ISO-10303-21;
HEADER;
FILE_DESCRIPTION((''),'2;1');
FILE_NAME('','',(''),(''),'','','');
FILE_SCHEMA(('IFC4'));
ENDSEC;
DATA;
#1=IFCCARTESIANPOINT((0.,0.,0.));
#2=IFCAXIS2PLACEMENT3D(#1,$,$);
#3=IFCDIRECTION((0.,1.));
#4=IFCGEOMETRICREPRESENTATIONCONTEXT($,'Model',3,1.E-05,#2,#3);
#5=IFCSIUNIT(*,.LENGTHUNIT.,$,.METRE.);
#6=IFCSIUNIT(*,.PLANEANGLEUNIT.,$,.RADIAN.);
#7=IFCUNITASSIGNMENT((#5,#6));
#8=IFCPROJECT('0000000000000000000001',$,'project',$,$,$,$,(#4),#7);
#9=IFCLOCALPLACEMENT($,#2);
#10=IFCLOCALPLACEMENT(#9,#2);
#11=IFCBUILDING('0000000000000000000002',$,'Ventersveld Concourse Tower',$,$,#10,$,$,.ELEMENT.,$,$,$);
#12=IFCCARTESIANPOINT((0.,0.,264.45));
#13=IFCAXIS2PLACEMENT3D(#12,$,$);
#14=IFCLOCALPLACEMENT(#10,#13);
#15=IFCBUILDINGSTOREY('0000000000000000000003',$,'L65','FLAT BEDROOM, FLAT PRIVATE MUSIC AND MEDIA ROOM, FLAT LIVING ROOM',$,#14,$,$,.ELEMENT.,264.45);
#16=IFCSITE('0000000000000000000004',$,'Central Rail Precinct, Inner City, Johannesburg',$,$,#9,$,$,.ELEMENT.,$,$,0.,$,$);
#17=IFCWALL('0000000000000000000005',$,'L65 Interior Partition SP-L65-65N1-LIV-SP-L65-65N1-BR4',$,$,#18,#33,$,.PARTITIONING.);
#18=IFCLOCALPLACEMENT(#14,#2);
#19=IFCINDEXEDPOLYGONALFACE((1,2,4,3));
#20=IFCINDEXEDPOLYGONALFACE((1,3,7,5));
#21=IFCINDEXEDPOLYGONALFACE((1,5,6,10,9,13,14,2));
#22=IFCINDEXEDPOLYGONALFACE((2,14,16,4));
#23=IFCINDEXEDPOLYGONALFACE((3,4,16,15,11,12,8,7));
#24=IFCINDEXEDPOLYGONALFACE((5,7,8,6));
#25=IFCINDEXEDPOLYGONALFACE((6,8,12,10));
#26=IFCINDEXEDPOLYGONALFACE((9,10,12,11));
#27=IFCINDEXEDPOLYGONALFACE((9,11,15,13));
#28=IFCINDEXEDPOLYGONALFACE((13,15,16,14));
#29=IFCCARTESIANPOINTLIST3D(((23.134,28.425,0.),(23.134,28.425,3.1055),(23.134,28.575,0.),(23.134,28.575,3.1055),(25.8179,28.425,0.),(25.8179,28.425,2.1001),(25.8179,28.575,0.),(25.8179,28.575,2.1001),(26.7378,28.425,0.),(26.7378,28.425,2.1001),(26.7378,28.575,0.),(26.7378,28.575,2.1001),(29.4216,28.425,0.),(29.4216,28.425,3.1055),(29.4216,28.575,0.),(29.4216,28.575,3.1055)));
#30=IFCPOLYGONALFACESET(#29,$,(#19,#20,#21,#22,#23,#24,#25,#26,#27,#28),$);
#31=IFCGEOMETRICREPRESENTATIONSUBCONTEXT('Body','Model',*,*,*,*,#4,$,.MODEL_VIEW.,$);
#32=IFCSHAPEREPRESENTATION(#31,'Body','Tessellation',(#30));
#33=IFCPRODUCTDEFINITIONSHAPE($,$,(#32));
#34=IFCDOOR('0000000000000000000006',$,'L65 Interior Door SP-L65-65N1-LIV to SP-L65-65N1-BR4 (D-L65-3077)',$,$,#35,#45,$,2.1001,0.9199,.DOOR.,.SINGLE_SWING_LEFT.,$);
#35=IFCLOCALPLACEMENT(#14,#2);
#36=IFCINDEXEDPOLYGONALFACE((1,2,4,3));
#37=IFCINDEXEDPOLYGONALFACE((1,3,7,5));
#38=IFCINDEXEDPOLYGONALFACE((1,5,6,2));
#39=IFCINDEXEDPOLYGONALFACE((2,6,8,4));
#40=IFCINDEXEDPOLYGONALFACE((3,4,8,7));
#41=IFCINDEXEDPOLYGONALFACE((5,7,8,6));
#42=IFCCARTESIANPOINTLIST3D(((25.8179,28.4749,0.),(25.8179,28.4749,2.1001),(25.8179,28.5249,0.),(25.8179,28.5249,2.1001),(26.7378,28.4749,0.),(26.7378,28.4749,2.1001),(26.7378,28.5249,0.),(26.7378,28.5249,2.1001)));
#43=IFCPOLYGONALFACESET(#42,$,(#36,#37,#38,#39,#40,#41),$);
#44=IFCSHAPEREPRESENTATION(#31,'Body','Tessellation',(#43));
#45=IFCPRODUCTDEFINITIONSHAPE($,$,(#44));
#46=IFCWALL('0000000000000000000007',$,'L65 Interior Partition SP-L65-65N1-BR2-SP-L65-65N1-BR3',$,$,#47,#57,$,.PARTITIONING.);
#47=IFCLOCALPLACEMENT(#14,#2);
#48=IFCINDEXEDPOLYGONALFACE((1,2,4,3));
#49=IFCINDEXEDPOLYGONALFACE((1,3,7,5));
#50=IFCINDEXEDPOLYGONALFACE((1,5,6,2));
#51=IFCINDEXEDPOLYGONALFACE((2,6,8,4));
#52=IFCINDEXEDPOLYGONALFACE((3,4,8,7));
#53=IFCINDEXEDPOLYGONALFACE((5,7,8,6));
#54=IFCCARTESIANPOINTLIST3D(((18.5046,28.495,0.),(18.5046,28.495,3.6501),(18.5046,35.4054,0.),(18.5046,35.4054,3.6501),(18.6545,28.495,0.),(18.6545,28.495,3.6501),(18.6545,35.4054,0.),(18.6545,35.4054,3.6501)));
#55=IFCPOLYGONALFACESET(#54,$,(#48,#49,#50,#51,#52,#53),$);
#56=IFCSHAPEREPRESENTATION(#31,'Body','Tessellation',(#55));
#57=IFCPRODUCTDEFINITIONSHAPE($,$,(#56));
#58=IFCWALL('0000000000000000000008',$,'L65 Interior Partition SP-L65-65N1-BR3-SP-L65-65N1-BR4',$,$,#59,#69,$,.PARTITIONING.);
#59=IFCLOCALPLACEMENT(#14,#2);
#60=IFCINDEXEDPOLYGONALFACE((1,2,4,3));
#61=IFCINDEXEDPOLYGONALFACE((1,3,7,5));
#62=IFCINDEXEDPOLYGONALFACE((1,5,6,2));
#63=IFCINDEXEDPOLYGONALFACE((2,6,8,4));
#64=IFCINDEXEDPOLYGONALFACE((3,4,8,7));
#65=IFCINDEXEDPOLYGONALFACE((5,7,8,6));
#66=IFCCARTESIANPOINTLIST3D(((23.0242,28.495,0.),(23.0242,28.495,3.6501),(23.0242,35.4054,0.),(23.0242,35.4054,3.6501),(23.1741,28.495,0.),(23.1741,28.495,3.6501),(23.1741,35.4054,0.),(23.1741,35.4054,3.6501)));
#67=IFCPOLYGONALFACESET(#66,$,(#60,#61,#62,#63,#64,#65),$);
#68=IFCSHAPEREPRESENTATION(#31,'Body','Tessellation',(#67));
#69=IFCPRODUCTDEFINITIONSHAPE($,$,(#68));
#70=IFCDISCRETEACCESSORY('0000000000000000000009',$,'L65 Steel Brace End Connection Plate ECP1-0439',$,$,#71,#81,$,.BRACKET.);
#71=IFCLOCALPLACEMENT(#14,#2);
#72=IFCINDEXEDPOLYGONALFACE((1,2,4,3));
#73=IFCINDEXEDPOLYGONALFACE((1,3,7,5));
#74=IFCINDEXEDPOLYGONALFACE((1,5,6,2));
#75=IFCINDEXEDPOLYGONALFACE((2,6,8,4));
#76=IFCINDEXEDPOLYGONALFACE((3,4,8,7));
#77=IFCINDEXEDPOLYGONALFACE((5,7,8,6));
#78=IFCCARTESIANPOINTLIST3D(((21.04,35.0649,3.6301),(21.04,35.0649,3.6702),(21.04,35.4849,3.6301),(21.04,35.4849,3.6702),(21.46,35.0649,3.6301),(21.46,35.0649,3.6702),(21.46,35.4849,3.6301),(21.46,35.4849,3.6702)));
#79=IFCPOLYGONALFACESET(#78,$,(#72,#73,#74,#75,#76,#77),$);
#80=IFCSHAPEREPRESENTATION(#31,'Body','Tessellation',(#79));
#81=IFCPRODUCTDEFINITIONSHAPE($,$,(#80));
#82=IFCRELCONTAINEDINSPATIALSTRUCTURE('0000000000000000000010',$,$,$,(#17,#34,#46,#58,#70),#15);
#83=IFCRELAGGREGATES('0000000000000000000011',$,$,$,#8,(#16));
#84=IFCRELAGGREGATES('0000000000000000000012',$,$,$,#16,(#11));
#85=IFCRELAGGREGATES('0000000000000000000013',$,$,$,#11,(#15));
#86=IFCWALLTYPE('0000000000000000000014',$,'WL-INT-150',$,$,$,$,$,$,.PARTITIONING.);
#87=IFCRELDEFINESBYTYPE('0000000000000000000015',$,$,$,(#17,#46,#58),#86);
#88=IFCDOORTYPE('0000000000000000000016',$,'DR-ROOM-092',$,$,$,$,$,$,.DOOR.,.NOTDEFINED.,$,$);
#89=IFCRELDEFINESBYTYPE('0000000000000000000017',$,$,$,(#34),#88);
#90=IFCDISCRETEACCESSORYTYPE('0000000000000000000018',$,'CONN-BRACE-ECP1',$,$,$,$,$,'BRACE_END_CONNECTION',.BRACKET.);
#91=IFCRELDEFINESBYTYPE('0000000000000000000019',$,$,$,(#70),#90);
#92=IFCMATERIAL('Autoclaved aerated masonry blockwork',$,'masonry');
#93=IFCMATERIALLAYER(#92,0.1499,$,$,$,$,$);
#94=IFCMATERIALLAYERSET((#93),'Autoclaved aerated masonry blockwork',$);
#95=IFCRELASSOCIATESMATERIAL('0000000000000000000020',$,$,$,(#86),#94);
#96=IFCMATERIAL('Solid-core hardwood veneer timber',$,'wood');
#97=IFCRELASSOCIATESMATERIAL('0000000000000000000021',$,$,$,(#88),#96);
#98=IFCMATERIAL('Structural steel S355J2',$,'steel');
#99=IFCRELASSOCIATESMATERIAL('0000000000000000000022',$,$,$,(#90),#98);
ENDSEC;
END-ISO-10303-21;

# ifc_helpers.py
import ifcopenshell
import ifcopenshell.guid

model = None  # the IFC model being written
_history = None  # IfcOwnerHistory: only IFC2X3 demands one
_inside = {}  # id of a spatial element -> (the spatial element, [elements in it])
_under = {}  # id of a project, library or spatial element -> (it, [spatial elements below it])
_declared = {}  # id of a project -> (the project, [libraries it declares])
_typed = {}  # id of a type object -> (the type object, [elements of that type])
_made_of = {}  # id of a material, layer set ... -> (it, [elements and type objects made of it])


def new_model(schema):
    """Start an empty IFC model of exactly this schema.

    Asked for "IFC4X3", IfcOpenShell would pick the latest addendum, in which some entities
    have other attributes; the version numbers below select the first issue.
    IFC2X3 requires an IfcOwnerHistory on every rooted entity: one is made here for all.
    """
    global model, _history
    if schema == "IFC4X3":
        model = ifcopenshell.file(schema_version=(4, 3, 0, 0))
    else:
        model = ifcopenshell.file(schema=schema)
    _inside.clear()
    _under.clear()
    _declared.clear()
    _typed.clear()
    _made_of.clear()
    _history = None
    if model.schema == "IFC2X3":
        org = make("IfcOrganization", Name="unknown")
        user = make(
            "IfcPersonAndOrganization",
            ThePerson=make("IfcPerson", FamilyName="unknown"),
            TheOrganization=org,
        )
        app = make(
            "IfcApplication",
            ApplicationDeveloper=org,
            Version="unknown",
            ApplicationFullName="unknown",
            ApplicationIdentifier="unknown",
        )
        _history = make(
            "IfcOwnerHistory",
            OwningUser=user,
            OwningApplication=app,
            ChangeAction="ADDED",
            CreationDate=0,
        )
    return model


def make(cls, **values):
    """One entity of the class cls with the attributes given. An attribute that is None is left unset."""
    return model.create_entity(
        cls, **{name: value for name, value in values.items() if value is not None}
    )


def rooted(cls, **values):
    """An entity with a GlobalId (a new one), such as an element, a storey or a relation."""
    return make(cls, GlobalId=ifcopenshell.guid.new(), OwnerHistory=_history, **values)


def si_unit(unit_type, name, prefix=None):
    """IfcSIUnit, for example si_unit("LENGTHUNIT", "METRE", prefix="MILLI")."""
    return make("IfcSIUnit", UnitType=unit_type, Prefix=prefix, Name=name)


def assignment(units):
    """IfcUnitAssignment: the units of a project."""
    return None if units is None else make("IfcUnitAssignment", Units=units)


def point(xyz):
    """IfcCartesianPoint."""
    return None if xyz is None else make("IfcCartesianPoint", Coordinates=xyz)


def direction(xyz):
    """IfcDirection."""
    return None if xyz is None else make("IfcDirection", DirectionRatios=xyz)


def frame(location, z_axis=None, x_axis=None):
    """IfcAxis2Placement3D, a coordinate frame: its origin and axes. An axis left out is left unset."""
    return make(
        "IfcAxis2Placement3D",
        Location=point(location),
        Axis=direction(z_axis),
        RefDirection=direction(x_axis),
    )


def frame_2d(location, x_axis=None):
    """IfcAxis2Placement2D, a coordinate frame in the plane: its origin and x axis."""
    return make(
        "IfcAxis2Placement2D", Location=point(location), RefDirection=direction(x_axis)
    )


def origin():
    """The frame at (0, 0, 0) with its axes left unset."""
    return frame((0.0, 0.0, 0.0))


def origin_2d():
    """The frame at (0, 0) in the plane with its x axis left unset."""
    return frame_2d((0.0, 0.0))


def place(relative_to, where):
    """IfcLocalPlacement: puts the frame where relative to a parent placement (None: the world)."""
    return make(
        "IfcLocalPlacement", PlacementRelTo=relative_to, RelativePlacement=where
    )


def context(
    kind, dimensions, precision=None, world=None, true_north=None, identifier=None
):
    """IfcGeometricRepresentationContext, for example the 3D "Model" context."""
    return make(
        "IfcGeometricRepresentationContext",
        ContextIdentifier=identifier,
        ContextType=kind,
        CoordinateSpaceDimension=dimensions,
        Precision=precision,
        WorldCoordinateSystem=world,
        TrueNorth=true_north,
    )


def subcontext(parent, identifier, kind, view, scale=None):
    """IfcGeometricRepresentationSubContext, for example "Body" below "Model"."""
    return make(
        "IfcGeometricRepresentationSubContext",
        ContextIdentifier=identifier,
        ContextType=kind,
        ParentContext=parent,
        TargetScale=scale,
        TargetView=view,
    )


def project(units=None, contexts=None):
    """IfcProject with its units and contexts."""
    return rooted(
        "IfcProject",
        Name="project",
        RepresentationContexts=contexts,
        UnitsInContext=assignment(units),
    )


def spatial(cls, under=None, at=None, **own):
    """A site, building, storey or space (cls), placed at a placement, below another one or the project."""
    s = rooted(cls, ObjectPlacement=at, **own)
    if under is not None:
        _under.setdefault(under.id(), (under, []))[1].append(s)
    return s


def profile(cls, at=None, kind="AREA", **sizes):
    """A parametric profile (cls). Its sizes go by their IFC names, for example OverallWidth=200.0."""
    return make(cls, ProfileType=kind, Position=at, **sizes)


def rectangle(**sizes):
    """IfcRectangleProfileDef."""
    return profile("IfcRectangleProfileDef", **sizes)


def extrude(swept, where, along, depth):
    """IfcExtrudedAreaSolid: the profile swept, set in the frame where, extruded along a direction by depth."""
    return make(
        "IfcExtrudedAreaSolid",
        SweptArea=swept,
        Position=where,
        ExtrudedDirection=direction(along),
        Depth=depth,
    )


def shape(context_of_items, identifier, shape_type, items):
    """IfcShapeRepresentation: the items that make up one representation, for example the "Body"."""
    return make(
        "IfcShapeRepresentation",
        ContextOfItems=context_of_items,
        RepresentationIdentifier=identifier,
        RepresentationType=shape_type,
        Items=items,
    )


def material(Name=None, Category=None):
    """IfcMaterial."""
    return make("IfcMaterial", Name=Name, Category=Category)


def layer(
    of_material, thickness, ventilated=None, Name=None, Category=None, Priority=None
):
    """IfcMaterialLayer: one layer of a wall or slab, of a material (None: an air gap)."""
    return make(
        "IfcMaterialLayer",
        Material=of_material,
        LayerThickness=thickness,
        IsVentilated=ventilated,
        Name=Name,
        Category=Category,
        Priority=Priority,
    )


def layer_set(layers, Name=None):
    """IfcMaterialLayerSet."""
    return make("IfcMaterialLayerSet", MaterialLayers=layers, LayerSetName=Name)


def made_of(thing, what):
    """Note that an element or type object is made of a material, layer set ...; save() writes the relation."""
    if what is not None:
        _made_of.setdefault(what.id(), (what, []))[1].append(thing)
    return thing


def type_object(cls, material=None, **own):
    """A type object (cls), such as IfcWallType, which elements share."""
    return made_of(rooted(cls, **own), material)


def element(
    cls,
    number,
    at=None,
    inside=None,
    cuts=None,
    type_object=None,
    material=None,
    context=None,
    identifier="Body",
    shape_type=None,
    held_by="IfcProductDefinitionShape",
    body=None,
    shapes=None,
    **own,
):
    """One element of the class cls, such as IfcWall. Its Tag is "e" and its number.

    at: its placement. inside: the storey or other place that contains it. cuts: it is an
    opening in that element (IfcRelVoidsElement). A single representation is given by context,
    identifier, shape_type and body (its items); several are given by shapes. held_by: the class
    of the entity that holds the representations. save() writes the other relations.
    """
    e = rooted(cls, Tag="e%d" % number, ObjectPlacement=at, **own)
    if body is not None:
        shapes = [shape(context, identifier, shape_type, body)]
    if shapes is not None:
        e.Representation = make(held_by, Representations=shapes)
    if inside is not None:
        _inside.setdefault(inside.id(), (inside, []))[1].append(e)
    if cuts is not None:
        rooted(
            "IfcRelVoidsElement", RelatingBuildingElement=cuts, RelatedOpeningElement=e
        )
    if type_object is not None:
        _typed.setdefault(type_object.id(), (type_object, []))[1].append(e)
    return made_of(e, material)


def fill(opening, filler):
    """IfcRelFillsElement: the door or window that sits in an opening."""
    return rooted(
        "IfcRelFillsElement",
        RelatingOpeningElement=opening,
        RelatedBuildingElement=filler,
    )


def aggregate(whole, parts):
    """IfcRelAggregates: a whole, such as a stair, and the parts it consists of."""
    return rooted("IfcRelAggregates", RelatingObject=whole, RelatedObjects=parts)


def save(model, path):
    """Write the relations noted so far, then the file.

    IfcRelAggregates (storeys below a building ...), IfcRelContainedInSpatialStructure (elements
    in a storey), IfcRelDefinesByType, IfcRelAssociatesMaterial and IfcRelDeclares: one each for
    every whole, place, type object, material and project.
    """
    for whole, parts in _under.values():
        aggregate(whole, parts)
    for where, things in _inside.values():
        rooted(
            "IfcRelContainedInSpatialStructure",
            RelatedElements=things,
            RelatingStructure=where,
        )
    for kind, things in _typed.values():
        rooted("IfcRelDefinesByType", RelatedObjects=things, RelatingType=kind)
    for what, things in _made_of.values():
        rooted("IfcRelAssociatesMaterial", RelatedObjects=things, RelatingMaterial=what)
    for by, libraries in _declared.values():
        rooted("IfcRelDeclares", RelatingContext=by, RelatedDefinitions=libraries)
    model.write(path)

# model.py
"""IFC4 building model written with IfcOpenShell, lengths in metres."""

from ifc_helpers import new_model, si_unit, direction, frame, frame_2d, origin, origin_2d, place, context, subcontext, project, spatial, rectangle, extrude, material, layer, layer_set, type_object, element, fill, save


model = new_model("IFC4")

# Units and contexts
model_context = context("Model", 3, precision=1e-05, world=origin(), true_north=direction((0.0, 1.0)))
body_context = subcontext(model_context, "Body", "Model", "MODEL_VIEW")
ifc_project = project(units=[si_unit("LENGTHUNIT", "METRE"), si_unit("PLANEANGLEUNIT", "RADIAN")], contexts=[model_context])

# Site, building, storey
site_placement = place(None, origin())
site = spatial("IfcSite", under=ifc_project, at=site_placement, Name="Central Rail Precinct, Inner City, Johannesburg", CompositionType="ELEMENT", RefElevation=0.0)
building_placement = place(site_placement, origin())
building = spatial("IfcBuilding", under=site, at=building_placement, Name="Ventersveld Concourse Tower", CompositionType="ELEMENT")
storey_placement = place(building_placement, frame((0.0, 0.0, 264.45)))
storey = spatial("IfcBuildingStorey", under=building, at=storey_placement, Name="L65", Description="FLAT BEDROOM, FLAT PRIVATE MUSIC AND MEDIA ROOM, FLAT LIVING ROOM", CompositionType="ELEMENT", Elevation=264.45)

# Shared definitions
ifc_material_1 = material(Name="Structural steel S355J2", Category="steel")

# Wall, opening, door
ifc_material_2 = material(Name="Autoclaved aerated masonry blockwork", Category="masonry")
ifc_layer = layer(ifc_material_2, 0.1499)
ifc_layer_set = layer_set([ifc_layer], Name="Autoclaved aerated masonry blockwork")
wall_type = type_object("IfcWallType", Name="WL-INT-150", PredefinedType="PARTITIONING", material=ifc_layer_set)
ifc_material_3 = material(Name="Solid-core hardwood veneer timber", Category="wood")
door_type = type_object("IfcDoorType", Name="DR-ROOM-092", OperationType="NOTDEFINED", PredefinedType="DOOR", material=ifc_material_3)
wall_1_placement = place(storey_placement, frame((23.134, 28.5, 0.0), z_axis=(0.0, 0.0, 1.0), x_axis=(1.0, 0.0, 0.0)))
wall_1 = element("IfcWall", 1, at=wall_1_placement, inside=storey, type_object=wall_type, Name="L65 Interior Partition SP-L65-65N1-LIV-SP-L65-65N1-BR4", PredefinedType="PARTITIONING", context=body_context, shape_type="SweptSolid", body=[
    extrude(rectangle(XDim=6.2876, YDim=0.1499, at=frame_2d((3.1438, 0.0))), origin(), (0.0, 0.0, 1.0), 3.1055),
])
opening_1_placement = place(wall_1_placement, frame((2.6838, 0.0, 0.0)))
opening_1 = element("IfcOpeningElement", 2, at=opening_1_placement, cuts=wall_1, PredefinedType="OPENING", context=body_context, shape_type="SweptSolid", body=[
    extrude(rectangle(XDim=0.9199, YDim=2.1001, at=frame_2d((0.46, 1.05))), frame((0.0, 0.085, 0.0), z_axis=(0.0, -1.0, 0.0), x_axis=(1.0, 0.0, 0.0)), (0.0, 0.0, 1.0), 0.1699),
])
door_1_placement = place(opening_1_placement, origin())
door_1 = element("IfcDoor", 3, at=door_1_placement, inside=storey, type_object=door_type, Name="L65 Interior Door SP-L65-65N1-LIV to SP-L65-65N1-BR4 (D-L65-3077)", OperationType="SINGLE_SWING_LEFT", OverallHeight=2.1001, OverallWidth=0.9199, PredefinedType="DOOR", context=body_context, shape_type="SweptSolid", body=[
    extrude(rectangle(XDim=0.9199, YDim=2.1001, at=frame_2d((0.46, 1.05))), frame((0.0, 0.0249, 0.0), z_axis=(0.0, -1.0, 0.0), x_axis=(1.0, 0.0, 0.0)), (0.0, 0.0, 1.0), 0.05),
])
fill(opening_1, door_1)

# Walls
for number, where, z_axis, x_axis, name in (
    (4, (18.5796, 28.4951, 0.0), (0.0, 0.0, 1.0), (0.0, 1.0, 0.0), "L65 Interior Partition SP-L65-65N1-BR2-SP-L65-65N1-BR3"),
    (5, (23.0991, 28.4951, 0.0), (0.0, 0.0, 1.0), (0.0, 1.0, 0.0), "L65 Interior Partition SP-L65-65N1-BR3-SP-L65-65N1-BR4"),
):
    element("IfcWall", number, at=place(storey_placement, frame(where, z_axis=z_axis, x_axis=x_axis)), inside=storey, type_object=wall_type, Name=name, PredefinedType="PARTITIONING", context=body_context, shape_type="SweptSolid", body=[
        extrude(rectangle(XDim=6.9104, YDim=0.1499, at=frame_2d((3.4551, 0.0))), origin(), (0.0, 0.0, 1.0), 3.6501),
    ])

# Discrete accessory
discrete_accessory_type = type_object("IfcDiscreteAccessoryType", Name="CONN-BRACE-ECP1", ElementType="BRACE_END_CONNECTION", PredefinedType="BRACKET", material=ifc_material_1)
discrete_accessory_placement = place(storey_placement, frame((21.25, 35.2749, 3.6301), z_axis=(0.0, 0.0, 1.0), x_axis=(1.0, 0.0, 0.0)))
element("IfcDiscreteAccessory", 6, at=discrete_accessory_placement, inside=storey, type_object=discrete_accessory_type, Name="L65 Steel Brace End Connection Plate ECP1-0439", PredefinedType="BRACKET", context=body_context, shape_type="SweptSolid", body=[
    extrude(rectangle(XDim=0.4199, YDim=0.4199, at=origin_2d()), origin(), (0.0, 0.0, 1.0), 0.04),
])

save(model, "model.ifc")
